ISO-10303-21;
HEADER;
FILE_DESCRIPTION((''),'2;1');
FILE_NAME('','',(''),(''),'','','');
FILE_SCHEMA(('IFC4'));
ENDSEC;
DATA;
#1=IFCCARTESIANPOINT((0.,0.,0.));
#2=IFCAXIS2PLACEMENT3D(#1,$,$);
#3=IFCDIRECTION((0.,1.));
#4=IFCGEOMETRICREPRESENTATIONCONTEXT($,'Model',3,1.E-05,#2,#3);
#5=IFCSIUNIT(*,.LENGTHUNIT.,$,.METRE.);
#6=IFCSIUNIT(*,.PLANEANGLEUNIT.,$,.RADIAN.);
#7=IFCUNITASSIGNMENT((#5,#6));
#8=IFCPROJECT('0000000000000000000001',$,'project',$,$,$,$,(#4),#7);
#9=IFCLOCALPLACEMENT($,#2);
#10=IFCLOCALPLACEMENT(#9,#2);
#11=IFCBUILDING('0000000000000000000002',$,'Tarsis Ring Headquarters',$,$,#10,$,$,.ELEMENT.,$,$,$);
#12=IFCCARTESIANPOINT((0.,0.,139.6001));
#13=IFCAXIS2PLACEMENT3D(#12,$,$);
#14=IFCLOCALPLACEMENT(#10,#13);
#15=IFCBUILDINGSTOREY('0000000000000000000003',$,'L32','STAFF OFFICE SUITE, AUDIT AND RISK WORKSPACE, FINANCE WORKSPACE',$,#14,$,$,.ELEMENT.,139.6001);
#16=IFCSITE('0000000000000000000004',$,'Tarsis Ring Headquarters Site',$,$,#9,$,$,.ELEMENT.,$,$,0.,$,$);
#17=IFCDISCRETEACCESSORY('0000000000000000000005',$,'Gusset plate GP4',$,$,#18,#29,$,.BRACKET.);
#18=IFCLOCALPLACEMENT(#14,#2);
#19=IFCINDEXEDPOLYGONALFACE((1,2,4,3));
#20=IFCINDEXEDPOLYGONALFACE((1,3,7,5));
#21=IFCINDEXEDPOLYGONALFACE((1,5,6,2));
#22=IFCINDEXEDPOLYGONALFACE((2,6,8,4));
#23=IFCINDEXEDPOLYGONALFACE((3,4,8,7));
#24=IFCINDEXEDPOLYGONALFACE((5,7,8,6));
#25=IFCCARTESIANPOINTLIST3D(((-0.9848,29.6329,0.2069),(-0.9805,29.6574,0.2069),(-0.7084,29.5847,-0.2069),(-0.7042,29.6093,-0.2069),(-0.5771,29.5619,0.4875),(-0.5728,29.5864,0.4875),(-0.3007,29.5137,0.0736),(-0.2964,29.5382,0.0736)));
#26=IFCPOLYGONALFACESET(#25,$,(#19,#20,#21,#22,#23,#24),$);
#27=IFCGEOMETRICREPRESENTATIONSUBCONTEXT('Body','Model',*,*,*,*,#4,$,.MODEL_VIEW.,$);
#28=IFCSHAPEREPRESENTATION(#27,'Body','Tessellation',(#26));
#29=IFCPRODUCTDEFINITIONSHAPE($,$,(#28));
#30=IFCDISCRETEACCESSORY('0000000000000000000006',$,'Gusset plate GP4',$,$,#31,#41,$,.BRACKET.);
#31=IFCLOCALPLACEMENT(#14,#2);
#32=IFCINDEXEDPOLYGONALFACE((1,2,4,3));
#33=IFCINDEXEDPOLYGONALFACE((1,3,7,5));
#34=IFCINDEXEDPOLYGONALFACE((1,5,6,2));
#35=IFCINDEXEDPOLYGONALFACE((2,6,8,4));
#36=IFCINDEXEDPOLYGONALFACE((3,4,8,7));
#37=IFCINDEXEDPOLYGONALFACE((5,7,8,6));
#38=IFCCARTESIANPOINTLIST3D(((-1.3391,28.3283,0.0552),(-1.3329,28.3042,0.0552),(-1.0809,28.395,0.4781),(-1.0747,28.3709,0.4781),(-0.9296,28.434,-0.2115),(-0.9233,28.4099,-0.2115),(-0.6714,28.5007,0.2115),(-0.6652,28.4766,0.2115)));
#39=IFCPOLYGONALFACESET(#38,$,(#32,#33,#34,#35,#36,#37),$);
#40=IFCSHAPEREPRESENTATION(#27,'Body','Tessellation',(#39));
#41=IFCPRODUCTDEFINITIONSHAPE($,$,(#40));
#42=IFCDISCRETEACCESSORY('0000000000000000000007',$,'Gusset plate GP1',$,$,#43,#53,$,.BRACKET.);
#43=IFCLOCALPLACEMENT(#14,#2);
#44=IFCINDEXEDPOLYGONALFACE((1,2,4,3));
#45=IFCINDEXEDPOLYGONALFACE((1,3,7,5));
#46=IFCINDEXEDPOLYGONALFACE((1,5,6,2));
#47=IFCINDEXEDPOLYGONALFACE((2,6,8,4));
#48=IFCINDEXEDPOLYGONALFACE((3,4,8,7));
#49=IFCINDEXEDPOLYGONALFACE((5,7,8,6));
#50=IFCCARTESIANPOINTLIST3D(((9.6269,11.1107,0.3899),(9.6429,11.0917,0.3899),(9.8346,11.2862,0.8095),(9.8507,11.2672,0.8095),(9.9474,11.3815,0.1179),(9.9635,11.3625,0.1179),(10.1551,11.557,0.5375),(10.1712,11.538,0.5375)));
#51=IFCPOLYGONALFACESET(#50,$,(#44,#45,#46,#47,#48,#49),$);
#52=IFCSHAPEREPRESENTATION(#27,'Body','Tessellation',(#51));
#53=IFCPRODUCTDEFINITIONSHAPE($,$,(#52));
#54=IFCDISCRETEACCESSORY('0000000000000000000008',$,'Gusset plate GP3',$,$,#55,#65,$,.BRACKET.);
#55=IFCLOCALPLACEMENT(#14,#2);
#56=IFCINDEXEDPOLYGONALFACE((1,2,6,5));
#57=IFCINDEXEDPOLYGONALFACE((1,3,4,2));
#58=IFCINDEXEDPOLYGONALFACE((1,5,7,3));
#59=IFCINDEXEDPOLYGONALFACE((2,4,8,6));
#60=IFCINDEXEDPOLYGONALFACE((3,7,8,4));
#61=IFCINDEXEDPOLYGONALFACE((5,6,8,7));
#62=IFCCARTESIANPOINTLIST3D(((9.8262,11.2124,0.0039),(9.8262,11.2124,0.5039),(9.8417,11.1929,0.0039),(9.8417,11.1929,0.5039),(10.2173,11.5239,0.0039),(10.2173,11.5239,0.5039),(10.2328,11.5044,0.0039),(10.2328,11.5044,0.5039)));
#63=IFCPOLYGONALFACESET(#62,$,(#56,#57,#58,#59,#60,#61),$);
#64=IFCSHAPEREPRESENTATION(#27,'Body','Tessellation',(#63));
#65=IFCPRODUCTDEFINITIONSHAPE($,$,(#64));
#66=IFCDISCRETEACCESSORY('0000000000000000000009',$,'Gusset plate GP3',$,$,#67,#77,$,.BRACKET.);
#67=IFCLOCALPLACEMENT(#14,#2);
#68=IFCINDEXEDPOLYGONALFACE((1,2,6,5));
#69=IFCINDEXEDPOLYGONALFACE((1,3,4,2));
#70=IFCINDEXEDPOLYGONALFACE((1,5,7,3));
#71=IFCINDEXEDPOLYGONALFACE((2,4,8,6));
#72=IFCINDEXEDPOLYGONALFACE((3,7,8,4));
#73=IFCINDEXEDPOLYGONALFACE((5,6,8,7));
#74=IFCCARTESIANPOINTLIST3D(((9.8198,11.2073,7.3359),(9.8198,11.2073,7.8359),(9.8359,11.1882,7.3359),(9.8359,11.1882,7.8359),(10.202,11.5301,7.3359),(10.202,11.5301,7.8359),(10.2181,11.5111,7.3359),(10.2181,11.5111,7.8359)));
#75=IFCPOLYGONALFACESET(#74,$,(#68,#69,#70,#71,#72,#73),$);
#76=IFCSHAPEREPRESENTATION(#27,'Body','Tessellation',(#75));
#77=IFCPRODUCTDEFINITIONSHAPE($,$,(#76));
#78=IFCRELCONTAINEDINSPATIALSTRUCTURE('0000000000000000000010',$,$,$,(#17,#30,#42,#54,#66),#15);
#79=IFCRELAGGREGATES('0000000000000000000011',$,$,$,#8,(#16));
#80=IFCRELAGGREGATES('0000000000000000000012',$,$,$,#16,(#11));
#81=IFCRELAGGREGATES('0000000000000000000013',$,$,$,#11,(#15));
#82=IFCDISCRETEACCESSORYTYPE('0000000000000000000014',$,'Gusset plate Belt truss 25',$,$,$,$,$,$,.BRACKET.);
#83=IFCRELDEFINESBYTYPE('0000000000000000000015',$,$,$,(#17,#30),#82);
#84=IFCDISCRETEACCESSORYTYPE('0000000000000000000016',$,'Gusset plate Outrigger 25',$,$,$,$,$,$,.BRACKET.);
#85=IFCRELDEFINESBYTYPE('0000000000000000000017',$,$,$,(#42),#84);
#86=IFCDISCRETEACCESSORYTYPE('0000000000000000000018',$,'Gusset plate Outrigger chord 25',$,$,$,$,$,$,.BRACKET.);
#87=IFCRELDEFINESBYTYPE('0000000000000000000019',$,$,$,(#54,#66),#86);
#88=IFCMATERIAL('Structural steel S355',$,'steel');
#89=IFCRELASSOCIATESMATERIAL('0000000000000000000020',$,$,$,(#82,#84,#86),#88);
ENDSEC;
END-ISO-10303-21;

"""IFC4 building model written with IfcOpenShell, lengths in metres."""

from ifc_helpers import new_model, si_unit, direction, frame, origin, origin_2d, place, context, subcontext, project, spatial, rectangle, extrude, material, material_profile, profile_set, type_object, element, save


model = new_model("IFC4")

# Units and contexts
model_context = context("Model", 3, precision=1e-05, world=origin(), true_north=direction((0.0, 1.0)))
body_context = subcontext(model_context, "Body", "Model", "MODEL_VIEW")
ifc_project = project(units=[si_unit("LENGTHUNIT", "METRE"), si_unit("PLANEANGLEUNIT", "RADIAN")], contexts=[model_context])

# Site, building, storey
site_placement = place(None, origin())
site = spatial("IfcSite", under=ifc_project, at=site_placement, Name="Tarsis Ring Headquarters Site", CompositionType="ELEMENT", RefElevation=0.0)
building_placement = place(site_placement, origin())
building = spatial("IfcBuilding", under=site, at=building_placement, Name="Tarsis Ring Headquarters", CompositionType="ELEMENT")
storey_placement = place(building_placement, frame((0.0, 0.0, 139.6001)))
storey = spatial("IfcBuildingStorey", under=building, at=storey_placement, Name="L32", Description="STAFF OFFICE SUITE, AUDIT AND RISK WORKSPACE, FINANCE WORKSPACE", CompositionType="ELEMENT", Elevation=139.6001)

# Shared definitions
ifc_material_1 = material(Name="Structural steel S355", Category="steel")

# Discrete accessories
ifc_material_profile_1 = material_profile(ifc_material_1, rectangle(XDim=0.0249, YDim=0.5, at=origin_2d()), Name="PL 25x500")
ifc_profile_set_1 = profile_set([ifc_material_profile_1], Name="Structural steel S355")
discrete_accessory_type_1 = type_object("IfcDiscreteAccessoryType", Name="Gusset plate Belt truss 25", PredefinedType="BRACKET", material=ifc_profile_set_1)
for number, where, z_axis, x_axis, name in (
    (1, (-0.8445, 29.6211, 0.0), (0.81548, -0.142099, 0.56107), (0.171665, 0.985155, 0.0), "Gusset plate GP4"),
    (2, (-0.7974, 28.4553, 0.0), (-0.819045, -0.211477, 0.533332), (0.25, -0.968246, 0.0), "Gusset plate GP4"),
):
    element("IfcDiscreteAccessory", number, at=place(storey_placement, frame(where, z_axis=z_axis, x_axis=x_axis)), inside=storey, type_object=discrete_accessory_type_1, Name=name, PredefinedType="BRACKET", context=body_context, shape_type="SweptSolid", body=[
        extrude(rectangle(XDim=0.0249, YDim=0.5, at=origin_2d()), origin(), (0.0, 0.0, 1.0), 0.5),
    ])
discrete_accessory_type_2 = type_object("IfcDiscreteAccessoryType", Name="Gusset plate Outrigger 25", PredefinedType="BRACKET", material=ifc_profile_set_1)
discrete_accessory_1_placement = place(storey_placement, frame((9.7952, 11.2366, 0.2539), z_axis=(0.415437, 0.350998, 0.839174), x_axis=(-0.645379, 0.763863, 0.0)))
element("IfcDiscreteAccessory", 3, at=discrete_accessory_1_placement, inside=storey, type_object=discrete_accessory_type_2, Name="Gusset plate GP1", PredefinedType="BRACKET", context=body_context, shape_type="SweptSolid", body=[
    extrude(rectangle(XDim=0.0249, YDim=0.5, at=origin_2d()), origin(), (0.0, 0.0, 1.0), 0.5),
])
discrete_accessory_type_3 = type_object("IfcDiscreteAccessoryType", Name="Gusset plate Outrigger chord 25", PredefinedType="BRACKET", material=ifc_profile_set_1)
discrete_accessory_2_placement = place(storey_placement, frame((9.834, 11.2026, 0.2539), z_axis=(0.782201, 0.623026, 0.0), x_axis=(-0.623026, 0.782201, 0.0)))
element("IfcDiscreteAccessory", 4, at=discrete_accessory_2_placement, inside=storey, type_object=discrete_accessory_type_3, Name="Gusset plate GP3", PredefinedType="BRACKET", context=body_context, shape_type="SweptSolid", body=[
    extrude(rectangle(XDim=0.0249, YDim=0.5, at=origin_2d()), origin(), (0.0, 0.0, 1.0), 0.5),
])
discrete_accessory_3_placement = place(storey_placement, frame((9.8279, 11.1978, 7.5859), z_axis=(0.763923, 0.645307, 0.0), x_axis=(-0.645307, 0.763923, 0.0)))
element("IfcDiscreteAccessory", 5, at=discrete_accessory_3_placement, inside=storey, type_object=discrete_accessory_type_3, Name="Gusset plate GP3", PredefinedType="BRACKET", context=body_context, shape_type="SweptSolid", body=[
    extrude(rectangle(XDim=0.0249, YDim=0.5, at=origin_2d()), origin(), (0.0, 0.0, 1.0), 0.5002),
])

save(model, "model.ifc")
